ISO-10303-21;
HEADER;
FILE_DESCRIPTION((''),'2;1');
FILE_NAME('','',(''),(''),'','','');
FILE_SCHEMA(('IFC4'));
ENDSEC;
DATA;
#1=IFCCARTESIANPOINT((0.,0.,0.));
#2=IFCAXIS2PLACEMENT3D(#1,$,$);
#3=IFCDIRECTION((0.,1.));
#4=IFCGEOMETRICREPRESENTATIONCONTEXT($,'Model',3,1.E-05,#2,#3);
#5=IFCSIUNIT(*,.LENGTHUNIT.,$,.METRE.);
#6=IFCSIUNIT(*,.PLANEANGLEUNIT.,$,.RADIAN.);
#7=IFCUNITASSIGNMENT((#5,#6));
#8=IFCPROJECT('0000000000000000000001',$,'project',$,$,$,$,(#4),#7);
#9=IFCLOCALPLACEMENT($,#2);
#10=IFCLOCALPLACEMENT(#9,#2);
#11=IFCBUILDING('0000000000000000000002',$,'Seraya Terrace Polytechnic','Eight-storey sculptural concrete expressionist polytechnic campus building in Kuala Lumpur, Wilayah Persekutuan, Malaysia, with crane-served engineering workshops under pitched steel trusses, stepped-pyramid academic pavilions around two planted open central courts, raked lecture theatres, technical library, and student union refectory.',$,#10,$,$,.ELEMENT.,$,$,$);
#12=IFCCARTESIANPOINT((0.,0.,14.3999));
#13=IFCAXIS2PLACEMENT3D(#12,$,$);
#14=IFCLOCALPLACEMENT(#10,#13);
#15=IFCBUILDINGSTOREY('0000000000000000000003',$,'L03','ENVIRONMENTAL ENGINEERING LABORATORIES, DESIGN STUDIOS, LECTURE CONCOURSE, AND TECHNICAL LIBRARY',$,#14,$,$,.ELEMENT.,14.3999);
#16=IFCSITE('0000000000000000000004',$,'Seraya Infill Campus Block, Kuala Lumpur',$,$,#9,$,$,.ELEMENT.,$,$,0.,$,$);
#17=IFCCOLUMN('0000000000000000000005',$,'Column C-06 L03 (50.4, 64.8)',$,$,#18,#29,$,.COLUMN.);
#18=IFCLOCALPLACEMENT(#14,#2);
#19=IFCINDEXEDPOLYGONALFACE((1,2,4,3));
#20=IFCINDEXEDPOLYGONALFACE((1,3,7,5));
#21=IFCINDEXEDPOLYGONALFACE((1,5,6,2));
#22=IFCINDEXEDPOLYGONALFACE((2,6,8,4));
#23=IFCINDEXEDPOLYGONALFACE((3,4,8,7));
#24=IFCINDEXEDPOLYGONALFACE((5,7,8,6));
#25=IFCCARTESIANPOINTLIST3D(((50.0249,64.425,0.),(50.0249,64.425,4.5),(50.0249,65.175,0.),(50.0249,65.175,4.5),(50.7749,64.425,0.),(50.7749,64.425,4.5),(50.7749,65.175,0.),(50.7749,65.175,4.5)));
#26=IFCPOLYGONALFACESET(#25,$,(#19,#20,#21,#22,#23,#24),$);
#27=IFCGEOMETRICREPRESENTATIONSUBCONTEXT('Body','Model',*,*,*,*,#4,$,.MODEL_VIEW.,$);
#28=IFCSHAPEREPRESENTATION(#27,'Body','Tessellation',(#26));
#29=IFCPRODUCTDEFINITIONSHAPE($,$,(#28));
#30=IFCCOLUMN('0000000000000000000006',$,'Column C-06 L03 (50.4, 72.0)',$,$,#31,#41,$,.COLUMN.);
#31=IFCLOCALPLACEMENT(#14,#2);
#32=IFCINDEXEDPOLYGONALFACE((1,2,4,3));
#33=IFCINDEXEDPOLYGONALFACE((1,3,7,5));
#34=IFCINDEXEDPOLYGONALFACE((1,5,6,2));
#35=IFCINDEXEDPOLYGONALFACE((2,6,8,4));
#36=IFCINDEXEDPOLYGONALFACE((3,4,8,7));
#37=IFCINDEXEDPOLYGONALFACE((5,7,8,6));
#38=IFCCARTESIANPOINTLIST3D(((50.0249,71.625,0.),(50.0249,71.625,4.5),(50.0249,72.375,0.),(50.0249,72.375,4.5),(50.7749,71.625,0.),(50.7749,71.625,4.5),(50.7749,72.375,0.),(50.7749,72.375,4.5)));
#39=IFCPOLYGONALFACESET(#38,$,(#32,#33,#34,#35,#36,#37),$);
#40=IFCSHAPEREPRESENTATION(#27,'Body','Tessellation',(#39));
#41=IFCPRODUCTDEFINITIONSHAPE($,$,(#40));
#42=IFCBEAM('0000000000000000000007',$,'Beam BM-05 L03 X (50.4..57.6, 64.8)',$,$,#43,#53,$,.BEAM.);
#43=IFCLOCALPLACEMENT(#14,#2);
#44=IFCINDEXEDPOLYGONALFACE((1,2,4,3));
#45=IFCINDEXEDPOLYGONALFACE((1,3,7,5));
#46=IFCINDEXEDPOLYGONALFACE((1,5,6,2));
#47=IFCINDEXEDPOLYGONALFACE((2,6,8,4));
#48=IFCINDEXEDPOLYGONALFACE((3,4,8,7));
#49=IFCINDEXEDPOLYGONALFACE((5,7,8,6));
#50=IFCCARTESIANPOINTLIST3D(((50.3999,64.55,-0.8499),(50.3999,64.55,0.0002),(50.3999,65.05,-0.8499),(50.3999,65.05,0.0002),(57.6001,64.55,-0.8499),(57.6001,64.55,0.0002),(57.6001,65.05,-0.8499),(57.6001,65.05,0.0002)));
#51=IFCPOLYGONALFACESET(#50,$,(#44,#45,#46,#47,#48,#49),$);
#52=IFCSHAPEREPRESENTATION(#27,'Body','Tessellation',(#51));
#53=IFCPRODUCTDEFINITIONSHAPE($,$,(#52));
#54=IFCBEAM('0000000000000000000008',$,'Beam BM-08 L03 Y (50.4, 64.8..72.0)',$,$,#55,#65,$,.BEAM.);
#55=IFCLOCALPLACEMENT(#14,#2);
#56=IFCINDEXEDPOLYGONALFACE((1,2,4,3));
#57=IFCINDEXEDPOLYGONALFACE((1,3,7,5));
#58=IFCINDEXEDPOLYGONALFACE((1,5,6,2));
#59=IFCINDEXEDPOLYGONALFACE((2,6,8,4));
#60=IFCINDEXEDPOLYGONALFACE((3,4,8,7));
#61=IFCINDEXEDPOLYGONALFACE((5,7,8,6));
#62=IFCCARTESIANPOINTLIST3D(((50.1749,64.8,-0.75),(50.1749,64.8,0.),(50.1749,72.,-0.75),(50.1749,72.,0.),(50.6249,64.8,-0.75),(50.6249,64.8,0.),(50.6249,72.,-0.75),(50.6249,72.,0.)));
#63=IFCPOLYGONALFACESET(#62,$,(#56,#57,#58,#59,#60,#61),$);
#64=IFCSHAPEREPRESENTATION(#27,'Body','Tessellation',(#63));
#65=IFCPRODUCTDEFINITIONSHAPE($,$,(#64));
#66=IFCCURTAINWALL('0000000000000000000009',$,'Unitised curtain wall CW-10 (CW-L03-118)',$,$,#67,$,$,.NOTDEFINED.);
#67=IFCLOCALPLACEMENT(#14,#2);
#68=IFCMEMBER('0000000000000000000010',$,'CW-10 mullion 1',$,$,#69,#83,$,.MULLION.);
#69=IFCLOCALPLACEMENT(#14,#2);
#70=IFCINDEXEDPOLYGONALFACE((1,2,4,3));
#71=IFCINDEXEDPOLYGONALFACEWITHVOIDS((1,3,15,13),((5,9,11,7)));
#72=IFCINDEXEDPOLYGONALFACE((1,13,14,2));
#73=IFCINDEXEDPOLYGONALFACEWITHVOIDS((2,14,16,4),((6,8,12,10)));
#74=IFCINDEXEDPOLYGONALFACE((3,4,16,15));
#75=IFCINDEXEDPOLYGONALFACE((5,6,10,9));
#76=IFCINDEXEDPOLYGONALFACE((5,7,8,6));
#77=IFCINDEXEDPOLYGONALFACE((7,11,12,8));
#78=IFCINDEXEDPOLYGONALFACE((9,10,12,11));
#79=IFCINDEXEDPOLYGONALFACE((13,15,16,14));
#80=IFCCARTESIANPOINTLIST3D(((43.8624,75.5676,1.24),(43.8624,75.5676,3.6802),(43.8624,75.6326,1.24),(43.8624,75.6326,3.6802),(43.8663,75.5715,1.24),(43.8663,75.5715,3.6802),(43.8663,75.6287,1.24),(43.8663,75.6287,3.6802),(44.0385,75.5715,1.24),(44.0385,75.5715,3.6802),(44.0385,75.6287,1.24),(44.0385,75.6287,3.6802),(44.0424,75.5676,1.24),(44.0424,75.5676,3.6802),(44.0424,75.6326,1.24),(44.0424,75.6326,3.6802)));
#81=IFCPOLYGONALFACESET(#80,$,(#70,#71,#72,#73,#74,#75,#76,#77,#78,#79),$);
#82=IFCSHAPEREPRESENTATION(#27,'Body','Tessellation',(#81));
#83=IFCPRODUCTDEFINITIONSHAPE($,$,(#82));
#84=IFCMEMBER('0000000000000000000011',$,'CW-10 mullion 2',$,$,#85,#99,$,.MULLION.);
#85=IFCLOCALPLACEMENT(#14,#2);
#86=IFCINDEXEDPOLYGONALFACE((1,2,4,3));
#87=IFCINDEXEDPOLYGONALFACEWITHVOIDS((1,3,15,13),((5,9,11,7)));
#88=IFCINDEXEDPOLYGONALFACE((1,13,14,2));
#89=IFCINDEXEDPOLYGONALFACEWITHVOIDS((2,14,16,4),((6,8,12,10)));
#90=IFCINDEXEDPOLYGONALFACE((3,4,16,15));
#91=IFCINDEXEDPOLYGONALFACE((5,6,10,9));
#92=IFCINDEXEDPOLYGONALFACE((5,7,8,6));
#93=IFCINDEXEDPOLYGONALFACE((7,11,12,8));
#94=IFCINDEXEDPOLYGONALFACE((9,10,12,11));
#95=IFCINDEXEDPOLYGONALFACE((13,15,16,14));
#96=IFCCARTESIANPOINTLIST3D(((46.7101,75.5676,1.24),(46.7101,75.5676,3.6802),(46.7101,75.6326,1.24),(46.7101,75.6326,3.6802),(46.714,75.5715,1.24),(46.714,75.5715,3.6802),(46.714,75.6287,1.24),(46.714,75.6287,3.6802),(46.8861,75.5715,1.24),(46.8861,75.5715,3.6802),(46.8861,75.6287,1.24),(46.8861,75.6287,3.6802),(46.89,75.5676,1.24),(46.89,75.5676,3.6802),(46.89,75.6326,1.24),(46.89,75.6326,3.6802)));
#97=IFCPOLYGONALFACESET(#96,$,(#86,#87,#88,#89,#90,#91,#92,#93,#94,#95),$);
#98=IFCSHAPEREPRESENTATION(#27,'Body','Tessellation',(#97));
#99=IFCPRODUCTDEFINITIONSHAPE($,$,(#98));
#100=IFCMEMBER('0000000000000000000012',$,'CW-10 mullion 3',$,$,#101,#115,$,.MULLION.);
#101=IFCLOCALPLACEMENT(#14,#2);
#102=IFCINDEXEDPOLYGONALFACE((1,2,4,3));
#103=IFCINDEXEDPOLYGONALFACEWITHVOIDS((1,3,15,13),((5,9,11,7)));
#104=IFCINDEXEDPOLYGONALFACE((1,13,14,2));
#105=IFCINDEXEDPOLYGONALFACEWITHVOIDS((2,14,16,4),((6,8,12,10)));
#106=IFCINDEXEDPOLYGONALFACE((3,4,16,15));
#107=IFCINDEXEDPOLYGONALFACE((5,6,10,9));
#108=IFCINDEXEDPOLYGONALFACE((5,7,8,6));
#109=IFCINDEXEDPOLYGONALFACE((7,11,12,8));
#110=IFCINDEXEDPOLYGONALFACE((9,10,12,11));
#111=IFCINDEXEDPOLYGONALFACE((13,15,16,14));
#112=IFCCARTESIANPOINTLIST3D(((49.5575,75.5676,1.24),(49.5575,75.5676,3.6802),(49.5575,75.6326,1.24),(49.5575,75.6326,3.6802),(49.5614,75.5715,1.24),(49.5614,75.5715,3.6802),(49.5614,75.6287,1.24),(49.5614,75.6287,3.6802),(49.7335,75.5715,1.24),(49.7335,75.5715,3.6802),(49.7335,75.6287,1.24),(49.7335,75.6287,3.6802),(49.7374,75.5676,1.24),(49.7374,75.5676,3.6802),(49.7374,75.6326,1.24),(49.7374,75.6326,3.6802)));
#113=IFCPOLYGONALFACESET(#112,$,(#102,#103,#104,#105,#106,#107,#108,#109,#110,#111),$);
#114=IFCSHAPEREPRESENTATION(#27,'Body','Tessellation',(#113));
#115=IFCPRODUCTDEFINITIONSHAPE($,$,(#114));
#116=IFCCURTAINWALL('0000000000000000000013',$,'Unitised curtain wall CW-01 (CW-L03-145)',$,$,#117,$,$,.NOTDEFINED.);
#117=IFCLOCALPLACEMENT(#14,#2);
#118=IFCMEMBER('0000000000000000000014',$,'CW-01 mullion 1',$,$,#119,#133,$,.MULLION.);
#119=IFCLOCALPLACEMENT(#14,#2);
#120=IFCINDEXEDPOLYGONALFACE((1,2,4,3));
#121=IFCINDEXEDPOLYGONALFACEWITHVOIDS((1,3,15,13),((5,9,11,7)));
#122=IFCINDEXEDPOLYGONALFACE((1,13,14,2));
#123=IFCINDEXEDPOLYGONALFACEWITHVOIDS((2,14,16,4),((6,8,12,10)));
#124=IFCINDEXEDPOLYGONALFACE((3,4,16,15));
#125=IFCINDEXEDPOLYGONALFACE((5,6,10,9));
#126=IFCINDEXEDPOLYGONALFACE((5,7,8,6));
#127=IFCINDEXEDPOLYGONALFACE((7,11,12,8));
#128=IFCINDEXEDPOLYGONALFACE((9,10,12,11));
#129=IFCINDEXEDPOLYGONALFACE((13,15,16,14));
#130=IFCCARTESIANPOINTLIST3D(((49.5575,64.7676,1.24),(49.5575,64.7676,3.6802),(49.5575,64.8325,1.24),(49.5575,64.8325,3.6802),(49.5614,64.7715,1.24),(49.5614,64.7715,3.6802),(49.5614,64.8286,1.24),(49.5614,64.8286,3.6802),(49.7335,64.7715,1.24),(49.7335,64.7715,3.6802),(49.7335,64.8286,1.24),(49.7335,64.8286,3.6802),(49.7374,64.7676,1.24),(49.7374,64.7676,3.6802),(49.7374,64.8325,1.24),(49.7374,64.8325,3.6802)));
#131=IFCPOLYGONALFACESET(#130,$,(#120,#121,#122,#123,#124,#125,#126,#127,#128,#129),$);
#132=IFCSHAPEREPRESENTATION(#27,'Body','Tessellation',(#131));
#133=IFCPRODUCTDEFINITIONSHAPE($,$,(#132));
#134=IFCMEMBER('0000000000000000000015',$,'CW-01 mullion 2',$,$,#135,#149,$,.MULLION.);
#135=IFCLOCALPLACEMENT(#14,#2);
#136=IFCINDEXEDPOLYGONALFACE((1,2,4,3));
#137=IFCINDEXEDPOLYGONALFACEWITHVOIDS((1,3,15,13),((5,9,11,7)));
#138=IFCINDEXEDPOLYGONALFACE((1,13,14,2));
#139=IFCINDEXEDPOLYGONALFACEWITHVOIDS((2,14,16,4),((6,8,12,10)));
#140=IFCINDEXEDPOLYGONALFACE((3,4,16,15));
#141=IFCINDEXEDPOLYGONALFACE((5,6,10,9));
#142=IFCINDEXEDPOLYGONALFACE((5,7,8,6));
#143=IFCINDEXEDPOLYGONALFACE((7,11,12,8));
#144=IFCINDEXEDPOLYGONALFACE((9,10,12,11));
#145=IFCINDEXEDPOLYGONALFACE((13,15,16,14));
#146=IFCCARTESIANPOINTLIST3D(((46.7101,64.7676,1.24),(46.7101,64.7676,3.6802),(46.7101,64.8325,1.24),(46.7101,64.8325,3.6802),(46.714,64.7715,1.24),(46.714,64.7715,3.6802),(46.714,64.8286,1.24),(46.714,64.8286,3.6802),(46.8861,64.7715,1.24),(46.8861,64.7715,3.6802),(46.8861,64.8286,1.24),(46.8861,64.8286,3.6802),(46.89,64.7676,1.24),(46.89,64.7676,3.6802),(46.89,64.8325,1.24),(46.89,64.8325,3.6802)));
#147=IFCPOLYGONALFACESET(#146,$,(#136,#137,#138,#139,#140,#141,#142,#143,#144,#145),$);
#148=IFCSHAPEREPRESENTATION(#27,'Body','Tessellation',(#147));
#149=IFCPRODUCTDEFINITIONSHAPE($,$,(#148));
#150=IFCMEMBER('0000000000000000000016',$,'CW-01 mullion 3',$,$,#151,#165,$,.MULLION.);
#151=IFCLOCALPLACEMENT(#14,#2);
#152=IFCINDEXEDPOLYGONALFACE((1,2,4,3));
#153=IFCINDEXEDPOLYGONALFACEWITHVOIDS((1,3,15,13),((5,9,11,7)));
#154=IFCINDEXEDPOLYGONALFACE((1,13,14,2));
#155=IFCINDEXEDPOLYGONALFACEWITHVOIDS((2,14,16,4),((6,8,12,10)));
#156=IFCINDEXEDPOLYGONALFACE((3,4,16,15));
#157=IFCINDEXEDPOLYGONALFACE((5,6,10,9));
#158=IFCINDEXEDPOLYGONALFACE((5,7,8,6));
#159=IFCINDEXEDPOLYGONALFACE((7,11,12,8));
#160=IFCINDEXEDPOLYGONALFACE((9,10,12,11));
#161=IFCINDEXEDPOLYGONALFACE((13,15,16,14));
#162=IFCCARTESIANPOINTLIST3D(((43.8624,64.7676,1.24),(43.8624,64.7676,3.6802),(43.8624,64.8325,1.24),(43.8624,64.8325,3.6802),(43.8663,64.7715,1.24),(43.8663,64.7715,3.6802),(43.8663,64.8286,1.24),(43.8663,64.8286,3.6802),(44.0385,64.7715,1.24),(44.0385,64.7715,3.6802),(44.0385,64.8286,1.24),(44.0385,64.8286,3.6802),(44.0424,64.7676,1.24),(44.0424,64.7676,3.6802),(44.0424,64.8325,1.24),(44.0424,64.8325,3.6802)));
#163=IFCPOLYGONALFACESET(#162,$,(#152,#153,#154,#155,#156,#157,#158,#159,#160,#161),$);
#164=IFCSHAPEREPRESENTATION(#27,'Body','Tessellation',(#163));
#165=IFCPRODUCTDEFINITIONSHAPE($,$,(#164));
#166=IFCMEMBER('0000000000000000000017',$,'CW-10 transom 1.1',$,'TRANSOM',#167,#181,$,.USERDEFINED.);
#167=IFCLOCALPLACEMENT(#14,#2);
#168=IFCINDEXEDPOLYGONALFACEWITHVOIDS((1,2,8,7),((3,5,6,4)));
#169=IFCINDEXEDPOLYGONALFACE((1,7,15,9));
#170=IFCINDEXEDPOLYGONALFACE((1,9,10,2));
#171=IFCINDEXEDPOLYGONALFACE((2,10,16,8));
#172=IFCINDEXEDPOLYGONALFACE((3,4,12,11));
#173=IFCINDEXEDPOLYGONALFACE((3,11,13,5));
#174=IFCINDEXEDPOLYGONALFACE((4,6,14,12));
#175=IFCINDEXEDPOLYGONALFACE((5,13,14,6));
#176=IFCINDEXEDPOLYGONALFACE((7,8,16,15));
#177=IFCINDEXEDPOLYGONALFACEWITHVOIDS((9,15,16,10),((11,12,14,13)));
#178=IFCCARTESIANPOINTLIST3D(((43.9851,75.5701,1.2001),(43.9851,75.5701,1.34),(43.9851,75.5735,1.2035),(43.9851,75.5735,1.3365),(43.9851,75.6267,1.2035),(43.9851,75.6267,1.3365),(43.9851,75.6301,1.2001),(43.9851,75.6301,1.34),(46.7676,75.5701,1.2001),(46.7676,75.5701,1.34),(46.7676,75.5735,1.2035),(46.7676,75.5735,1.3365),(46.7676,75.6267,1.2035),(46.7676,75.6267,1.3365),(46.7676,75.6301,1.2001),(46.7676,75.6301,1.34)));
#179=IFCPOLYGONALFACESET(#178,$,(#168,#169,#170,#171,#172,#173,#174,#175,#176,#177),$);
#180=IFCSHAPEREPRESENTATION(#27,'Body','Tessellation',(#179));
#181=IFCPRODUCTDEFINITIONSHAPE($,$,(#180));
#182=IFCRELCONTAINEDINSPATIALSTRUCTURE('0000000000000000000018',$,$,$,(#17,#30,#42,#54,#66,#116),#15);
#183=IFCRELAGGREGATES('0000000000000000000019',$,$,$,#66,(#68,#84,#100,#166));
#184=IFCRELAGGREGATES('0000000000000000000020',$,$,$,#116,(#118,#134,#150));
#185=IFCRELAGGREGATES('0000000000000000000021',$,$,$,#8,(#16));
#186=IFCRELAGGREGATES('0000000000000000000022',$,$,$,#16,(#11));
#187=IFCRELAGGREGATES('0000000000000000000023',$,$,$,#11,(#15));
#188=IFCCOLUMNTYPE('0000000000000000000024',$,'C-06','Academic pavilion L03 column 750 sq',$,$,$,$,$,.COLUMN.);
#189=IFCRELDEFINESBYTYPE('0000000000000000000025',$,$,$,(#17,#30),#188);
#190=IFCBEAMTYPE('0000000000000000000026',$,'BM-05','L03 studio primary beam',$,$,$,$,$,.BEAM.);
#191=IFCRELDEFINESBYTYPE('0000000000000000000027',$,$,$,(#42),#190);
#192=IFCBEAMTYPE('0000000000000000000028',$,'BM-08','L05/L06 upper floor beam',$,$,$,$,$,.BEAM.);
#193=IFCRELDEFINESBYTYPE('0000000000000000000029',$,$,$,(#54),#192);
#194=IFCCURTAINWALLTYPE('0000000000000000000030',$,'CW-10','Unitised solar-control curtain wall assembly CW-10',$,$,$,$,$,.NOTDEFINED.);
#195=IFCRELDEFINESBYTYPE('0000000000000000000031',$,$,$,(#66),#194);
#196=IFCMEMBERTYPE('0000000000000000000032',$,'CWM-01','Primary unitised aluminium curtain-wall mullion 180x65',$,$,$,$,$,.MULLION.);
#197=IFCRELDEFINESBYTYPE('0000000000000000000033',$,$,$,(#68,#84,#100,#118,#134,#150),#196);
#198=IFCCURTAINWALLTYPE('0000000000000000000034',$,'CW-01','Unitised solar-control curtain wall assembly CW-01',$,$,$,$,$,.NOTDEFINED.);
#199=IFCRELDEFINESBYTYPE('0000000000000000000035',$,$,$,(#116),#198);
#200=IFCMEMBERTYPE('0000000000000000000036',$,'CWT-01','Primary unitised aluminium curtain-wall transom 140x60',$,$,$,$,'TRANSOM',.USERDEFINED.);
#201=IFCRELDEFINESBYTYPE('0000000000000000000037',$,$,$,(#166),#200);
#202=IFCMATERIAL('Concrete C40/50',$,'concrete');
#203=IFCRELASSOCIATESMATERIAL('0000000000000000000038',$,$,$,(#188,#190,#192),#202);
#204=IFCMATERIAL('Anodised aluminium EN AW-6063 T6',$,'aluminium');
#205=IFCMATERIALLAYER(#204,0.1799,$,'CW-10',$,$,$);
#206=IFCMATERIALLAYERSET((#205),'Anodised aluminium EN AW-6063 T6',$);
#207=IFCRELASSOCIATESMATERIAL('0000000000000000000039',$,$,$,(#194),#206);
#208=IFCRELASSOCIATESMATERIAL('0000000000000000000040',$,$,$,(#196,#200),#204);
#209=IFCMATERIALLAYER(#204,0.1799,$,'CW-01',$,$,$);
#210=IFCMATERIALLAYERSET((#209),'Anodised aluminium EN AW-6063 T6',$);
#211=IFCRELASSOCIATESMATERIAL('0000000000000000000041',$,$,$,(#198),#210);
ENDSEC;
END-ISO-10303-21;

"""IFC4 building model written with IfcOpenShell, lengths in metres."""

from ifc_helpers import new_model, si_unit, direction, frame, origin, origin_2d, place, context, subcontext, project, spatial, rectangle, hollow_rectangle, extrude, material, layer, layer_set, material_profile, profile_set, type_object, element, aggregate, save


model = new_model("IFC4")

# Units and contexts
model_context = context("Model", 3, precision=1e-05, world=origin(), true_north=direction((0.0, 1.0)))
body_context = subcontext(model_context, "Body", "Model", "MODEL_VIEW")
ifc_project = project(units=[si_unit("LENGTHUNIT", "METRE"), si_unit("PLANEANGLEUNIT", "RADIAN")], contexts=[model_context])

# Site, building, storey
site_placement = place(None, origin())
site = spatial("IfcSite", under=ifc_project, at=site_placement, Name="Seraya Infill Campus Block, Kuala Lumpur", CompositionType="ELEMENT", RefElevation=0.0)
building_placement = place(site_placement, origin())
building = spatial("IfcBuilding", under=site, at=building_placement, Name="Seraya Terrace Polytechnic", Description="Eight-storey sculptural concrete expressionist polytechnic campus building in Kuala Lumpur, Wilayah Persekutuan, Malaysia, with crane-served engineering workshops under pitched steel trusses, stepped-pyramid academic pavilions around two planted open central courts, raked lecture theatres, technical library, and student union refectory.", CompositionType="ELEMENT")
storey_placement = place(building_placement, frame((0.0, 0.0, 14.3999)))
storey = spatial("IfcBuildingStorey", under=building, at=storey_placement, Name="L03", Description="ENVIRONMENTAL ENGINEERING LABORATORIES, DESIGN STUDIOS, LECTURE CONCOURSE, AND TECHNICAL LIBRARY", CompositionType="ELEMENT", Elevation=14.3999)

# Columns
ifc_material_1 = material(Name="Concrete C40/50", Category="concrete")
ifc_material_profile_1 = material_profile(ifc_material_1, rectangle(XDim=0.75, YDim=0.75, at=origin_2d()), Name="RC 750x750")
ifc_profile_set_1 = profile_set([ifc_material_profile_1], Name="Concrete C40/50")
column_type = type_object("IfcColumnType", Name="C-06", Description="Academic pavilion L03 column 750 sq", PredefinedType="COLUMN", material=ifc_profile_set_1)
for number, where, z_axis, x_axis, name in (
    (1, (50.3999, 64.8, 0.0), (0.0, 0.0, 1.0), (1.0, 0.0, 0.0), "Column C-06 L03 (50.4, 64.8)"),
    (2, (50.3999, 72.0, 0.0), (0.0, 0.0, 1.0), (1.0, 0.0, 0.0), "Column C-06 L03 (50.4, 72.0)"),
):
    element("IfcColumn", number, at=place(storey_placement, frame(where, z_axis=z_axis, x_axis=x_axis)), inside=storey, type_object=column_type, Name=name, PredefinedType="COLUMN", context=body_context, shape_type="SweptSolid", body=[
        extrude(rectangle(XDim=0.75, YDim=0.75, at=origin_2d()), origin(), (0.0, 0.0, 1.0), 4.5),
    ])

# Beams
ifc_material_profile_2 = material_profile(ifc_material_1, rectangle(XDim=0.5, YDim=0.8501, at=origin_2d()), Name="RC 500x850")
ifc_profile_set_2 = profile_set([ifc_material_profile_2], Name="Concrete C40/50")
beam_type_1 = type_object("IfcBeamType", Name="BM-05", Description="L03 studio primary beam", PredefinedType="BEAM", material=ifc_profile_set_2)
beam_1_placement = place(storey_placement, frame((50.3999, 64.8, -0.4248), z_axis=(1.0, 0.0, 0.0), x_axis=(0.0, 1.0, 0.0)))
element("IfcBeam", 3, at=beam_1_placement, inside=storey, type_object=beam_type_1, Name="Beam BM-05 L03 X (50.4..57.6, 64.8)", PredefinedType="BEAM", context=body_context, shape_type="SweptSolid", body=[
    extrude(rectangle(XDim=0.5, YDim=0.8501, at=origin_2d()), origin(), (0.0, 0.0, 1.0), 7.2002),
])
ifc_material_profile_3 = material_profile(ifc_material_1, rectangle(XDim=0.45, YDim=0.75, at=origin_2d()), Name="RC 450x750")
ifc_profile_set_3 = profile_set([ifc_material_profile_3], Name="Concrete C40/50")
beam_type_2 = type_object("IfcBeamType", Name="BM-08", Description="L05/L06 upper floor beam", PredefinedType="BEAM", material=ifc_profile_set_3)
beam_2_placement = place(storey_placement, frame((50.3999, 64.8, -0.375), z_axis=(0.0, 1.0, 0.0), x_axis=(-1.0, 0.0, 0.0)))
element("IfcBeam", 4, at=beam_2_placement, inside=storey, type_object=beam_type_2, Name="Beam BM-08 L03 Y (50.4, 64.8..72.0)", PredefinedType="BEAM", context=body_context, shape_type="SweptSolid", body=[
    extrude(rectangle(XDim=0.45, YDim=0.75, at=origin_2d()), origin(), (0.0, 0.0, 1.0), 7.2),
])

# Curtain walls, members
ifc_material_2 = material(Name="Anodised aluminium EN AW-6063 T6", Category="aluminium")
ifc_layer_1 = layer(ifc_material_2, 0.1799, Name="CW-10")
ifc_layer_set_1 = layer_set([ifc_layer_1], Name="Anodised aluminium EN AW-6063 T6")
curtain_wall_type_1 = type_object("IfcCurtainWallType", Name="CW-10", Description="Unitised solar-control curtain wall assembly CW-10", PredefinedType="NOTDEFINED", material=ifc_layer_set_1)
curtain_wall_1_placement = place(storey_placement, origin())
curtain_wall_1 = element("IfcCurtainWall", 5, at=curtain_wall_1_placement, inside=storey, type_object=curtain_wall_type_1, Name="Unitised curtain wall CW-10 (CW-L03-118)", PredefinedType="NOTDEFINED")
ifc_material_profile_4 = material_profile(ifc_material_2, hollow_rectangle(XDim=0.0649, YDim=0.1799, WallThickness=0.0039, at=origin_2d()), Name="RHS 180x65x4.0")
ifc_profile_set_4 = profile_set([ifc_material_profile_4], Name="Anodised aluminium EN AW-6063 T6")
member_type_1 = type_object("IfcMemberType", Name="CWM-01", Description="Primary unitised aluminium curtain-wall mullion 180x65", PredefinedType="MULLION", material=ifc_profile_set_4)
member_1_placement = place(storey_placement, frame((43.9524, 75.6001, 1.24), z_axis=(0.0, 0.0, 1.0), x_axis=(0.0, 1.0, 0.0)))
member_1 = element("IfcMember", 6, at=member_1_placement, type_object=member_type_1, Name="CW-10 mullion 1", PredefinedType="MULLION", context=body_context, shape_type="SweptSolid", body=[
    extrude(hollow_rectangle(XDim=0.0649, YDim=0.1799, WallThickness=0.0039, at=origin_2d()), origin(), (0.0, 0.0, 1.0), 2.4402),
])
member_2_placement = place(storey_placement, frame((46.8, 75.6001, 1.24), z_axis=(0.0, 0.0, 1.0), x_axis=(0.0, 1.0, 0.0)))
member_2 = element("IfcMember", 7, at=member_2_placement, type_object=member_type_1, Name="CW-10 mullion 2", PredefinedType="MULLION", context=body_context, shape_type="SweptSolid", body=[
    extrude(hollow_rectangle(XDim=0.0649, YDim=0.1799, WallThickness=0.0039, at=origin_2d()), origin(), (0.0, 0.0, 1.0), 2.4402),
])
member_3_placement = place(storey_placement, frame((49.6475, 75.6001, 1.24), z_axis=(0.0, 0.0, 1.0), x_axis=(0.0, 1.0, 0.0)))
member_3 = element("IfcMember", 8, at=member_3_placement, type_object=member_type_1, Name="CW-10 mullion 3", PredefinedType="MULLION", context=body_context, shape_type="SweptSolid", body=[
    extrude(hollow_rectangle(XDim=0.0649, YDim=0.1799, WallThickness=0.0039, at=origin_2d()), origin(), (0.0, 0.0, 1.0), 2.4402),
])
ifc_layer_2 = layer(ifc_material_2, 0.1799, Name="CW-01")
ifc_layer_set_2 = layer_set([ifc_layer_2], Name="Anodised aluminium EN AW-6063 T6")
curtain_wall_type_2 = type_object("IfcCurtainWallType", Name="CW-01", Description="Unitised solar-control curtain wall assembly CW-01", PredefinedType="NOTDEFINED", material=ifc_layer_set_2)
curtain_wall_2_placement = place(storey_placement, origin())
curtain_wall_2 = element("IfcCurtainWall", 9, at=curtain_wall_2_placement, inside=storey, type_object=curtain_wall_type_2, Name="Unitised curtain wall CW-01 (CW-L03-145)", PredefinedType="NOTDEFINED")
member_4_placement = place(storey_placement, frame((49.6475, 64.8, 1.24), z_axis=(0.0, 0.0, 1.0), x_axis=(0.0, -1.0, 0.0)))
member_4 = element("IfcMember", 10, at=member_4_placement, type_object=member_type_1, Name="CW-01 mullion 1", PredefinedType="MULLION", context=body_context, shape_type="SweptSolid", body=[
    extrude(hollow_rectangle(XDim=0.0649, YDim=0.1799, WallThickness=0.0039, at=origin_2d()), origin(), (0.0, 0.0, 1.0), 2.4402),
])
member_5_placement = place(storey_placement, frame((46.8, 64.8, 1.24), z_axis=(0.0, 0.0, 1.0), x_axis=(0.0, -1.0, 0.0)))
member_5 = element("IfcMember", 11, at=member_5_placement, type_object=member_type_1, Name="CW-01 mullion 2", PredefinedType="MULLION", context=body_context, shape_type="SweptSolid", body=[
    extrude(hollow_rectangle(XDim=0.0649, YDim=0.1799, WallThickness=0.0039, at=origin_2d()), origin(), (0.0, 0.0, 1.0), 2.4402),
])
member_6_placement = place(storey_placement, frame((43.9524, 64.8, 1.24), z_axis=(0.0, 0.0, 1.0), x_axis=(0.0, -1.0, 0.0)))
member_6 = element("IfcMember", 12, at=member_6_placement, type_object=member_type_1, Name="CW-01 mullion 3", PredefinedType="MULLION", context=body_context, shape_type="SweptSolid", body=[
    extrude(hollow_rectangle(XDim=0.0649, YDim=0.1799, WallThickness=0.0039, at=origin_2d()), origin(), (0.0, 0.0, 1.0), 2.4402),
])

# Member
ifc_material_profile_5 = material_profile(ifc_material_2, hollow_rectangle(XDim=0.0601, YDim=0.1399, WallThickness=0.0034, at=origin_2d()), Name="RHS 140x60x3.5")
ifc_profile_set_5 = profile_set([ifc_material_profile_5], Name="Anodised aluminium EN AW-6063 T6")
member_type_2 = type_object("IfcMemberType", Name="CWT-01", Description="Primary unitised aluminium curtain-wall transom 140x60", ElementType="TRANSOM", PredefinedType="USERDEFINED", material=ifc_profile_set_5)
member_7_placement = place(storey_placement, frame((43.9851, 75.6001, 1.27), z_axis=(1.0, 0.0, 0.0), x_axis=(0.0, 1.0, 0.0)))
member_7 = element("IfcMember", 13, at=member_7_placement, type_object=member_type_2, Name="CW-10 transom 1.1", ObjectType="TRANSOM", PredefinedType="USERDEFINED", context=body_context, shape_type="SweptSolid", body=[
    extrude(hollow_rectangle(XDim=0.0601, YDim=0.1399, WallThickness=0.0034, at=origin_2d()), origin(), (0.0, 0.0, 1.0), 2.7825),
])

aggregate(curtain_wall_1, [member_1, member_2, member_3, member_7])
aggregate(curtain_wall_2, [member_4, member_5, member_6])

save(model, "model.ifc")
